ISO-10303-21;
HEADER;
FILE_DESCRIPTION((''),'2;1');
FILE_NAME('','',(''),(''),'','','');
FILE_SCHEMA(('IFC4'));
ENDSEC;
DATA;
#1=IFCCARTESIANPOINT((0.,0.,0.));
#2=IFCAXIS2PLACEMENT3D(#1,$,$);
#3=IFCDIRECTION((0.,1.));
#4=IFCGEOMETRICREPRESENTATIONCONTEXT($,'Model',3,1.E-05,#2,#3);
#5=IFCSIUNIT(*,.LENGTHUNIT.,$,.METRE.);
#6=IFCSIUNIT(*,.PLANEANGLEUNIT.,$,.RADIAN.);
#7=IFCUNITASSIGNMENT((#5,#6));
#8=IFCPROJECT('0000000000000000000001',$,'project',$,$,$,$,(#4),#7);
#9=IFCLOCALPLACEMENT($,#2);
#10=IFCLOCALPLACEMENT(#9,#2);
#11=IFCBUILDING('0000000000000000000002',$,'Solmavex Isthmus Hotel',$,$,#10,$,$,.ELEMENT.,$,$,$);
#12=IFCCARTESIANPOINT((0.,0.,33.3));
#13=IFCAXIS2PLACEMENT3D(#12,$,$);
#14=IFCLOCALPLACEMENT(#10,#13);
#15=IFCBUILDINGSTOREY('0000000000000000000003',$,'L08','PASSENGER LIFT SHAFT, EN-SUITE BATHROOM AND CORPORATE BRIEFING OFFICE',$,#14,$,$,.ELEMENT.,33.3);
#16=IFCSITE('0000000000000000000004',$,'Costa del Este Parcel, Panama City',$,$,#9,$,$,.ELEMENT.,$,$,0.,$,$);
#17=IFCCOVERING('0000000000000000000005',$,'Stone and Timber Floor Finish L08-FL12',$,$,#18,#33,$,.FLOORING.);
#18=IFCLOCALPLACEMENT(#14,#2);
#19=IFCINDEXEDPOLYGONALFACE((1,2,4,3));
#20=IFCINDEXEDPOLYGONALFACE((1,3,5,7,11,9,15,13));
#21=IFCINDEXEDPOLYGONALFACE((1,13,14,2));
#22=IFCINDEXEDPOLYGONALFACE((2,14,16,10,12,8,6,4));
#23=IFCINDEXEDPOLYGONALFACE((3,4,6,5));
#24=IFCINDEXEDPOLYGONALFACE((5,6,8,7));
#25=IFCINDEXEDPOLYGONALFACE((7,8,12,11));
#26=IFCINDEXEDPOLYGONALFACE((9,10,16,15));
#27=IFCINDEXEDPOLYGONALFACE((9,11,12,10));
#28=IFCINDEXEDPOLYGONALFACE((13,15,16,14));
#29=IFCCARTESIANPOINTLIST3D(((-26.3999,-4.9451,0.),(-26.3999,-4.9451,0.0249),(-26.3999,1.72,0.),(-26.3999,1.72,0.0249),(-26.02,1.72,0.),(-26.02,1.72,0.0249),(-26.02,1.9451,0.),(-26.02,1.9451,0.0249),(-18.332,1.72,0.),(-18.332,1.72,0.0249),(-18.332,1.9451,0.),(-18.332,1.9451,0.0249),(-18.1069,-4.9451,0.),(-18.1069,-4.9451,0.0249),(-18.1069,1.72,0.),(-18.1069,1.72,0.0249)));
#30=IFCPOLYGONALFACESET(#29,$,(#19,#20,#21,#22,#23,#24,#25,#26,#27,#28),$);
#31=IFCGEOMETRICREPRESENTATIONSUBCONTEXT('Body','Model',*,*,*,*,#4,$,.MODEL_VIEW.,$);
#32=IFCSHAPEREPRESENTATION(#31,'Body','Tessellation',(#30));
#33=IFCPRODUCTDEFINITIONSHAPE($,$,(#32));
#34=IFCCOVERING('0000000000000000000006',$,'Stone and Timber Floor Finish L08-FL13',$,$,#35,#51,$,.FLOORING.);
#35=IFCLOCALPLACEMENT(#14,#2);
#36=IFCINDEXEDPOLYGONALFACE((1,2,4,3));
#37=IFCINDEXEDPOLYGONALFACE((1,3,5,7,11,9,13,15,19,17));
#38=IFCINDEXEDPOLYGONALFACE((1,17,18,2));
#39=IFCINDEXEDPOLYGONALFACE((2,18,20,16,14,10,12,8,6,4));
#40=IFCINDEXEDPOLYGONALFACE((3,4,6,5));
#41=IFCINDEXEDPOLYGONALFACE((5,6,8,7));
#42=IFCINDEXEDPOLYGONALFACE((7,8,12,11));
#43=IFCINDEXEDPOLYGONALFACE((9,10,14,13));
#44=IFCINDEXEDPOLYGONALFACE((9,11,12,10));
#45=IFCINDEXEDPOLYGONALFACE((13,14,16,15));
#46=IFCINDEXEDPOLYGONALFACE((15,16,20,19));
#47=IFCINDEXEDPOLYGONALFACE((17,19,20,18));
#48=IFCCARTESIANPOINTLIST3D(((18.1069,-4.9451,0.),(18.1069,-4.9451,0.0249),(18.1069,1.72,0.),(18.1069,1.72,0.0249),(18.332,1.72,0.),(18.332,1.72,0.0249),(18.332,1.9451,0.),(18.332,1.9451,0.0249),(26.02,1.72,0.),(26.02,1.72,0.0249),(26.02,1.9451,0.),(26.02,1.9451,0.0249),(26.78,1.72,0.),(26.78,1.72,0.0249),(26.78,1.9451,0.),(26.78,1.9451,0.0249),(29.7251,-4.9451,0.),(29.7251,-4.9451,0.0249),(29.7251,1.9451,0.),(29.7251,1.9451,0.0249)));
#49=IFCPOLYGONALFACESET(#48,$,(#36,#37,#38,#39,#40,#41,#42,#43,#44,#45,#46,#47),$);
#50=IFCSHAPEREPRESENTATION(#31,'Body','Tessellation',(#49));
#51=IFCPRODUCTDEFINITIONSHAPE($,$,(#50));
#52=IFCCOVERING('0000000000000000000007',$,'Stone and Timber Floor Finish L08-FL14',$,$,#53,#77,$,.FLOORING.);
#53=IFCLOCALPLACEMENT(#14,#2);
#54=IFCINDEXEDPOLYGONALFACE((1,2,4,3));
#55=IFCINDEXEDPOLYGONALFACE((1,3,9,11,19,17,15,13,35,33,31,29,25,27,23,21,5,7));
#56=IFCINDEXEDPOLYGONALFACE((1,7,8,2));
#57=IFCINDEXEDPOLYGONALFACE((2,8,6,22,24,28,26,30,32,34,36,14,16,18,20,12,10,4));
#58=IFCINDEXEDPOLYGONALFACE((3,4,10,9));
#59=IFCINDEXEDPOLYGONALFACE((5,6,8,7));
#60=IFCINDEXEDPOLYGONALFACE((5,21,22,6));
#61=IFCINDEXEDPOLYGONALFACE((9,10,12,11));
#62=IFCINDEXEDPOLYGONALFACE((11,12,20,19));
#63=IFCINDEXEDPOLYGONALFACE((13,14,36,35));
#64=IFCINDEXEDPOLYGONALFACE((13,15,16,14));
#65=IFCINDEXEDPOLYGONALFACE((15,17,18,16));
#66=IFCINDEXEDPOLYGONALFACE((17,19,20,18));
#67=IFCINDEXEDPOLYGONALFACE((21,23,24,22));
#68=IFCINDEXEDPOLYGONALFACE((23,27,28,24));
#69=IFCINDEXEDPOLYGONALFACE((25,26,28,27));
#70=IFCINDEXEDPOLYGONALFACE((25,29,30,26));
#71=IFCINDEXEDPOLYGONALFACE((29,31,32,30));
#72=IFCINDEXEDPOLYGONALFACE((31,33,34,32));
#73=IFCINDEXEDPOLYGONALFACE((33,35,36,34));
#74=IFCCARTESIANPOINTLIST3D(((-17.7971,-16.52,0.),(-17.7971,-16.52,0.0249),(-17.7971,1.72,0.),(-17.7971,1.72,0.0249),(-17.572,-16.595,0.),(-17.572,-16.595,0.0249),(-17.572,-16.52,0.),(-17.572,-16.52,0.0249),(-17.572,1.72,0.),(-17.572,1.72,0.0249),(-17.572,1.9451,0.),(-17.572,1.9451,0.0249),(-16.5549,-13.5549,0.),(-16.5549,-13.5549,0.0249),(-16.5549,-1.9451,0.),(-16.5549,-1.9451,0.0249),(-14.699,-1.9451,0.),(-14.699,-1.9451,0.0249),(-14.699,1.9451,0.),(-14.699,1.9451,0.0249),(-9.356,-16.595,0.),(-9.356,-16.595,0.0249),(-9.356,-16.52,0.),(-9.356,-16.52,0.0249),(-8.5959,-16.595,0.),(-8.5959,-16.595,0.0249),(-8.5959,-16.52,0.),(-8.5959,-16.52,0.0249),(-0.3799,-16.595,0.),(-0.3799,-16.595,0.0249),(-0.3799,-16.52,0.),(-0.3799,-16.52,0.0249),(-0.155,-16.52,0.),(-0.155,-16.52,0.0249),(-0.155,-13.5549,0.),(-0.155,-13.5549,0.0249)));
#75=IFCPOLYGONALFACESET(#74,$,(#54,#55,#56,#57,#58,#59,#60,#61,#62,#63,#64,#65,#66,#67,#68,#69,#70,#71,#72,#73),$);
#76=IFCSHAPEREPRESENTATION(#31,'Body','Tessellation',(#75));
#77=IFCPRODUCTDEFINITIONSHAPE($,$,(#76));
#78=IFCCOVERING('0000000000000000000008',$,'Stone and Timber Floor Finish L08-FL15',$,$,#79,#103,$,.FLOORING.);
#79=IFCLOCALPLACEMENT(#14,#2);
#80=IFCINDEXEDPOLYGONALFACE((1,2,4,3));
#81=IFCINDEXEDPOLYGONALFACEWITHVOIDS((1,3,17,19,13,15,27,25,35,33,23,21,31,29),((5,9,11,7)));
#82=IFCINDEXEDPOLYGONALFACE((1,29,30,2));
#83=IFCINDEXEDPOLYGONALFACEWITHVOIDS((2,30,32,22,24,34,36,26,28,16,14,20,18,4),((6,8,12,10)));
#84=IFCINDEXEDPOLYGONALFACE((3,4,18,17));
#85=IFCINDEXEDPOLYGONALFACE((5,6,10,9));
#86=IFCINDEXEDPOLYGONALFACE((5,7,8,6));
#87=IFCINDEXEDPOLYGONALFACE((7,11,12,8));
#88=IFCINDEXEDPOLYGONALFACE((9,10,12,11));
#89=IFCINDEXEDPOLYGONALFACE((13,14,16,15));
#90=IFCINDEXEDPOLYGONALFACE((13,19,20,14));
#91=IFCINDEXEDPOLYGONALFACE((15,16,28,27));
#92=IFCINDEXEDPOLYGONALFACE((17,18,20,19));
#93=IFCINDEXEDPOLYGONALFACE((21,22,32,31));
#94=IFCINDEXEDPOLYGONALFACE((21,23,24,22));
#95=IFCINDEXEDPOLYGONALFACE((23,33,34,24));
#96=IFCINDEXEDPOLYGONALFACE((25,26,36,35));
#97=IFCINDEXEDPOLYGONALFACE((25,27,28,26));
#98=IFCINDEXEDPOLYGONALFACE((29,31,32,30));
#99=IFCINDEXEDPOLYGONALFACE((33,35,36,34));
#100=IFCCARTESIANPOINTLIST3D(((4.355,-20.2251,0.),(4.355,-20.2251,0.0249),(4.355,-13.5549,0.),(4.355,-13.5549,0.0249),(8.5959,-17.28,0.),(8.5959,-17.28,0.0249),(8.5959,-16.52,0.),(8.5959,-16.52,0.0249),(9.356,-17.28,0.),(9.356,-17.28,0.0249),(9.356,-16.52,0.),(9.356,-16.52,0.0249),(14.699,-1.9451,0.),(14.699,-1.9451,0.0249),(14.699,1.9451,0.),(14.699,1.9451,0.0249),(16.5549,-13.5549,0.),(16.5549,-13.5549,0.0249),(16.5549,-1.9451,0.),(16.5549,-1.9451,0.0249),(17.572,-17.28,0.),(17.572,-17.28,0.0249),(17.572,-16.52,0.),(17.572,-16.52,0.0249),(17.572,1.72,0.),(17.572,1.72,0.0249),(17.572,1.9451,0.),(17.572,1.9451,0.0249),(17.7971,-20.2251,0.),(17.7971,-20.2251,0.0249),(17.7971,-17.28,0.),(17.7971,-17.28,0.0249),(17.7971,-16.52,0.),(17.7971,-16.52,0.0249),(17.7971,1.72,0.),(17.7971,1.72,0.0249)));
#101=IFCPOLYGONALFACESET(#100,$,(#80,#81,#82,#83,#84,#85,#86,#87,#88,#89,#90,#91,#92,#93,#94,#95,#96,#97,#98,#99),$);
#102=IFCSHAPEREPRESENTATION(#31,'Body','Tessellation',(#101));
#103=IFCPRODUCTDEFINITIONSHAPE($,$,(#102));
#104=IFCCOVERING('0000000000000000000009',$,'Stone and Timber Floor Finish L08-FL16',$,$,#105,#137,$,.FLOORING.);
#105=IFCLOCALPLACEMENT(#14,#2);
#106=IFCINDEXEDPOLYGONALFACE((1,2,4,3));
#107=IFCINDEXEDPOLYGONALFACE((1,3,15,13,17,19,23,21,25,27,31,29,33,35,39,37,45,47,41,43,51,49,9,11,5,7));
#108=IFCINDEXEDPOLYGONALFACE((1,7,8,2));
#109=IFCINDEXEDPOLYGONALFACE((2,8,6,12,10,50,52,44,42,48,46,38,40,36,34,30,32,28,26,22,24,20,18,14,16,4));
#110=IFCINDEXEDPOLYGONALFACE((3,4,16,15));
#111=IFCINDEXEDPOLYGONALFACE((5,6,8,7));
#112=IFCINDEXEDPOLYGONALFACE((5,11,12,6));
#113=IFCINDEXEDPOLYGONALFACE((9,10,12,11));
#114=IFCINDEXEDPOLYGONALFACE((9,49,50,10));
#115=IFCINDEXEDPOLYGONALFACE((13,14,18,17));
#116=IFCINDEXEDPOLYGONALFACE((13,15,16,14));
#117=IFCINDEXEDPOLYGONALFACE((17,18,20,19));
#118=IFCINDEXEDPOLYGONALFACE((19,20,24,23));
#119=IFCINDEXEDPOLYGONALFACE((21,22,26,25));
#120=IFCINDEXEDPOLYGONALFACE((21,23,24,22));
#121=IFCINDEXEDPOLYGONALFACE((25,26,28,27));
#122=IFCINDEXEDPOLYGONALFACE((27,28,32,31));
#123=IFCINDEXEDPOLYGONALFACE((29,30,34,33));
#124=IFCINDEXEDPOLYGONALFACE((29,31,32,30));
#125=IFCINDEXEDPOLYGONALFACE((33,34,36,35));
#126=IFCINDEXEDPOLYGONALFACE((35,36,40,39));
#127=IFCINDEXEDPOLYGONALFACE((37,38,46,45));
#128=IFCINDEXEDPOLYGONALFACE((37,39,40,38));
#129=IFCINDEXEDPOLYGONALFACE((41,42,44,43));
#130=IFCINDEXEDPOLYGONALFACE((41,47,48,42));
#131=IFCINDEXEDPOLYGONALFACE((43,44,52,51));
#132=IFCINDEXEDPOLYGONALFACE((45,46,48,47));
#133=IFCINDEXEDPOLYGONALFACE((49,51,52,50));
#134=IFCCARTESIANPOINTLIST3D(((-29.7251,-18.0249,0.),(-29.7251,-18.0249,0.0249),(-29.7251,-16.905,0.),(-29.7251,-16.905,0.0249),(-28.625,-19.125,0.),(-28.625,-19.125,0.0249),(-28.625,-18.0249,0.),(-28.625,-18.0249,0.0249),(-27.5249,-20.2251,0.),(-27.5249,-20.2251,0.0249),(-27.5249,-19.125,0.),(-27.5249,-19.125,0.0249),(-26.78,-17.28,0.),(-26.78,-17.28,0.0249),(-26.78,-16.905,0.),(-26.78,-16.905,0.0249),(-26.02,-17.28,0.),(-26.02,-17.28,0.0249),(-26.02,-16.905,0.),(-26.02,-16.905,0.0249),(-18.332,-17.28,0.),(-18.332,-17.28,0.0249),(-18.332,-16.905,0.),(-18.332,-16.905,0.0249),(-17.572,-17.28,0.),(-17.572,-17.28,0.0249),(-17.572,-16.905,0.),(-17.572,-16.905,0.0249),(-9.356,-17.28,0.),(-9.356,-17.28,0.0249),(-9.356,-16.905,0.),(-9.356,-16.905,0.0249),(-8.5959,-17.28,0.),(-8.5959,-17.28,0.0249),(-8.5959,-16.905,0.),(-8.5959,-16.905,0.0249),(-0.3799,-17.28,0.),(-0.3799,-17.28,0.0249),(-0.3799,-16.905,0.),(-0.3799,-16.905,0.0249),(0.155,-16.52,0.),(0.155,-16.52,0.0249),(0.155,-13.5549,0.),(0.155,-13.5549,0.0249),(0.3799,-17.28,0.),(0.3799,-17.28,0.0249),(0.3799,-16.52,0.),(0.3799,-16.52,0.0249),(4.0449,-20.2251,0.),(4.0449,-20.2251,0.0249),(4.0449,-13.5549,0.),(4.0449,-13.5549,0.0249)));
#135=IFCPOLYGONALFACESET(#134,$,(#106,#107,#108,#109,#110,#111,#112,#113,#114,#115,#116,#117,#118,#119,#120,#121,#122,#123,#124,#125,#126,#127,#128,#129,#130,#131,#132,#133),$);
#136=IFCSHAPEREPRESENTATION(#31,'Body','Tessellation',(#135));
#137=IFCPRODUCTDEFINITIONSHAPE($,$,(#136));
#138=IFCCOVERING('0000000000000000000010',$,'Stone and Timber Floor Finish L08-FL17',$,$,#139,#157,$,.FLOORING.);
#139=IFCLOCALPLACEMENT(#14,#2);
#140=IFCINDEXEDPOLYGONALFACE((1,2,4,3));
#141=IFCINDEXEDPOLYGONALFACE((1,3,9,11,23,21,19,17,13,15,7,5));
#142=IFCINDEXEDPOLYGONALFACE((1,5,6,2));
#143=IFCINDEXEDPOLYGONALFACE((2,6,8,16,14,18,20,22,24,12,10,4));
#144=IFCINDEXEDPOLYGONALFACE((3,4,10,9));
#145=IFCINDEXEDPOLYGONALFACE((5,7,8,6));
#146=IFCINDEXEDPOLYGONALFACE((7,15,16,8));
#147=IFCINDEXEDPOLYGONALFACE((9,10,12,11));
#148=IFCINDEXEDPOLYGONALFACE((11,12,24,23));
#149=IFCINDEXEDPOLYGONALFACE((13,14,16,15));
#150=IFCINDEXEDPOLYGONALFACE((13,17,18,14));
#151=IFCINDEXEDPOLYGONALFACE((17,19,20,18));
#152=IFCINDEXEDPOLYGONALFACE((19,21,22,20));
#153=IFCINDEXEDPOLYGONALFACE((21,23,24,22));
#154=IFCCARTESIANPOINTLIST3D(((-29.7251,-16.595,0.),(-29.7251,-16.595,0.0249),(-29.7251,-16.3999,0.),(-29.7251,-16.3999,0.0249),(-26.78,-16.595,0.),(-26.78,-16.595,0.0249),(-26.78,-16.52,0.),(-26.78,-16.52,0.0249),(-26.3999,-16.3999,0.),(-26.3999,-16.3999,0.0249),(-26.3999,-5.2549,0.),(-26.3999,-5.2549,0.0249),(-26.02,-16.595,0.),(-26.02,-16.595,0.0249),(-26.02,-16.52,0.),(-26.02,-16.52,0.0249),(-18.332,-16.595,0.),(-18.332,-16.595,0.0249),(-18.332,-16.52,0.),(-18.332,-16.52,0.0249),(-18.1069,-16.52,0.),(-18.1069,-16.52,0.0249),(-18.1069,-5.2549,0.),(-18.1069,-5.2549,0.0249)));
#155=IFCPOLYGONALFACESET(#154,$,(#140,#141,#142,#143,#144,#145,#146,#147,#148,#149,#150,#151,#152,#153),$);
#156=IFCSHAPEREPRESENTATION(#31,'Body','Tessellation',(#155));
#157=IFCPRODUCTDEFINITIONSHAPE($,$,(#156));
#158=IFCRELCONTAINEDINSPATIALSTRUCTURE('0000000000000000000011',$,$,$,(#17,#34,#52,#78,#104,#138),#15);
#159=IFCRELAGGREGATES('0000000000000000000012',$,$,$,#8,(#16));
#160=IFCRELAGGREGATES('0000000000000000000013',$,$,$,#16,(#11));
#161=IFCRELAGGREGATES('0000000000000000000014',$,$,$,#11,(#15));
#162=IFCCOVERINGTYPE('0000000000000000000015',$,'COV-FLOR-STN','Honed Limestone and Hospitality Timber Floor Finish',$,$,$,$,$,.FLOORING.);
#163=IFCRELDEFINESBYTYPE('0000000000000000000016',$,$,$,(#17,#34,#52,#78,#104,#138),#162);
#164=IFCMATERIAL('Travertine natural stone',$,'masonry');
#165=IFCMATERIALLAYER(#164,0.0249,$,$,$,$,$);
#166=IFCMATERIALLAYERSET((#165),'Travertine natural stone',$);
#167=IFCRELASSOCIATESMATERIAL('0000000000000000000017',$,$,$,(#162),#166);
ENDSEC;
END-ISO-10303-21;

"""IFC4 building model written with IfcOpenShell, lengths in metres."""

from ifc_helpers import new_model, si_unit, direction, frame, origin, place, context, subcontext, project, spatial, polyline, outline, extrude, material, layer, layer_set, type_object, element, save


model = new_model("IFC4")

# Units and contexts
model_context = context("Model", 3, precision=1e-05, world=origin(), true_north=direction((0.0, 1.0)))
body_context = subcontext(model_context, "Body", "Model", "MODEL_VIEW")
ifc_project = project(units=[si_unit("LENGTHUNIT", "METRE"), si_unit("PLANEANGLEUNIT", "RADIAN")], contexts=[model_context])

# Site, building, storey
site_placement = place(None, origin())
site = spatial("IfcSite", under=ifc_project, at=site_placement, Name="Costa del Este Parcel, Panama City", CompositionType="ELEMENT", RefElevation=0.0)
building_placement = place(site_placement, origin())
building = spatial("IfcBuilding", under=site, at=building_placement, Name="Solmavex Isthmus Hotel", CompositionType="ELEMENT")
storey_placement = place(building_placement, frame((0.0, 0.0, 33.3)))
storey = spatial("IfcBuildingStorey", under=building, at=storey_placement, Name="L08", Description="PASSENGER LIFT SHAFT, EN-SUITE BATHROOM AND CORPORATE BRIEFING OFFICE", CompositionType="ELEMENT", Elevation=33.3)

# Coverings
ifc_material_1 = material(Name="Travertine natural stone", Category="masonry")
ifc_layer_1 = layer(ifc_material_1, 0.0249)
ifc_layer_set_1 = layer_set([ifc_layer_1], Name="Travertine natural stone")
covering_type_1 = type_object("IfcCoveringType", Name="COV-FLOR-STN", Description="Honed Limestone and Hospitality Timber Floor Finish", PredefinedType="FLOORING", material=ifc_layer_set_1)
covering_1_placement = place(storey_placement, origin())
element("IfcCovering", 1, at=covering_1_placement, inside=storey, type_object=covering_type_1, Name="Stone and Timber Floor Finish L08-FL12", PredefinedType="FLOORING", context=body_context, shape_type="SweptSolid", body=[
    extrude(outline(polyline([(-26.02, 1.9451), (-26.02, 1.72), (-26.3999, 1.72), (-26.3999, -4.9451), (-18.1069, -4.9451), (-18.1069, 1.72), (-18.332, 1.72), (-18.332, 1.9451), (-26.02, 1.9451)])), origin(), (0.0, 0.0, 1.0), 0.0249),
])
covering_2_placement = place(storey_placement, origin())
element("IfcCovering", 2, at=covering_2_placement, inside=storey, type_object=covering_type_1, Name="Stone and Timber Floor Finish L08-FL13", PredefinedType="FLOORING", context=body_context, shape_type="SweptSolid", body=[
    extrude(outline(polyline([(26.78, 1.9451), (26.78, 1.72), (26.02, 1.72), (26.02, 1.9451), (18.332, 1.9451), (18.332, 1.72), (18.1069, 1.72), (18.1069, -4.9451), (29.7251, -4.9451), (29.7251, 1.9451), (26.78, 1.9451)])), origin(), (0.0, 0.0, 1.0), 0.0249),
])
covering_3_placement = place(storey_placement, origin())
element("IfcCovering", 3, at=covering_3_placement, inside=storey, type_object=covering_type_1, Name="Stone and Timber Floor Finish L08-FL14", PredefinedType="FLOORING", context=body_context, shape_type="SweptSolid", body=[
    extrude(outline(polyline([(-17.7971, -16.52), (-17.572, -16.52), (-17.572, -16.595), (-9.356, -16.595), (-9.356, -16.52), (-8.5959, -16.52), (-8.5959, -16.595), (-0.3799, -16.595), (-0.3799, -16.52), (-0.155, -16.52), (-0.155, -13.5549), (-16.5549, -13.5549), (-16.5549, -1.9451), (-14.699, -1.9451), (-14.699, 1.9451), (-17.572, 1.9451), (-17.572, 1.72), (-17.7971, 1.72), (-17.7971, -16.52)])), origin(), (0.0, 0.0, 1.0), 0.0249),
])
covering_4_placement = place(storey_placement, origin())
element("IfcCovering", 4, at=covering_4_placement, inside=storey, type_object=covering_type_1, Name="Stone and Timber Floor Finish L08-FL15", PredefinedType="FLOORING", context=body_context, shape_type="SweptSolid", body=[
    extrude(outline(polyline([(17.7971, 1.72), (17.572, 1.72), (17.572, 1.9451), (14.699, 1.9451), (14.699, -1.9451), (16.5549, -1.9451), (16.5549, -13.5549), (4.355, -13.5549), (4.355, -20.2251), (17.7971, -20.2251), (17.7971, -17.28), (17.572, -17.28), (17.572, -16.52), (17.7971, -16.52), (17.7971, 1.72)]), holes=[polyline([(8.5959, -17.28), (8.5959, -16.52), (9.356, -16.52), (9.356, -17.28), (8.5959, -17.28)])]), origin(), (0.0, 0.0, 1.0), 0.0249),
])
covering_5_placement = place(storey_placement, origin())
element("IfcCovering", 5, at=covering_5_placement, inside=storey, type_object=covering_type_1, Name="Stone and Timber Floor Finish L08-FL16", PredefinedType="FLOORING", context=body_context, shape_type="SweptSolid", body=[
    extrude(outline(polyline([(-26.02, -16.905), (-26.02, -17.28), (-26.78, -17.28), (-26.78, -16.905), (-29.7251, -16.905), (-29.7251, -18.0249), (-28.625, -18.0249), (-28.625, -19.125), (-27.5249, -19.125), (-27.5249, -20.2251), (4.0449, -20.2251), (4.0449, -13.5549), (0.155, -13.5549), (0.155, -16.52), (0.3799, -16.52), (0.3799, -17.28), (-0.3799, -17.28), (-0.3799, -16.905), (-8.5959, -16.905), (-8.5959, -17.28), (-9.356, -17.28), (-9.356, -16.905), (-17.572, -16.905), (-17.572, -17.28), (-18.332, -17.28), (-18.332, -16.905), (-26.02, -16.905)])), origin(), (0.0, 0.0, 1.0), 0.0249),
])
covering_6_placement = place(storey_placement, origin())
element("IfcCovering", 6, at=covering_6_placement, inside=storey, type_object=covering_type_1, Name="Stone and Timber Floor Finish L08-FL17", PredefinedType="FLOORING", context=body_context, shape_type="SweptSolid", body=[
    extrude(outline(polyline([(-26.78, -16.595), (-26.78, -16.52), (-26.02, -16.52), (-26.02, -16.595), (-18.332, -16.595), (-18.332, -16.52), (-18.1069, -16.52), (-18.1069, -5.2549), (-26.3999, -5.2549), (-26.3999, -16.3999), (-29.7251, -16.3999), (-29.7251, -16.595), (-26.78, -16.595)])), origin(), (0.0, 0.0, 1.0), 0.0249),
])

save(model, "model.ifc")
